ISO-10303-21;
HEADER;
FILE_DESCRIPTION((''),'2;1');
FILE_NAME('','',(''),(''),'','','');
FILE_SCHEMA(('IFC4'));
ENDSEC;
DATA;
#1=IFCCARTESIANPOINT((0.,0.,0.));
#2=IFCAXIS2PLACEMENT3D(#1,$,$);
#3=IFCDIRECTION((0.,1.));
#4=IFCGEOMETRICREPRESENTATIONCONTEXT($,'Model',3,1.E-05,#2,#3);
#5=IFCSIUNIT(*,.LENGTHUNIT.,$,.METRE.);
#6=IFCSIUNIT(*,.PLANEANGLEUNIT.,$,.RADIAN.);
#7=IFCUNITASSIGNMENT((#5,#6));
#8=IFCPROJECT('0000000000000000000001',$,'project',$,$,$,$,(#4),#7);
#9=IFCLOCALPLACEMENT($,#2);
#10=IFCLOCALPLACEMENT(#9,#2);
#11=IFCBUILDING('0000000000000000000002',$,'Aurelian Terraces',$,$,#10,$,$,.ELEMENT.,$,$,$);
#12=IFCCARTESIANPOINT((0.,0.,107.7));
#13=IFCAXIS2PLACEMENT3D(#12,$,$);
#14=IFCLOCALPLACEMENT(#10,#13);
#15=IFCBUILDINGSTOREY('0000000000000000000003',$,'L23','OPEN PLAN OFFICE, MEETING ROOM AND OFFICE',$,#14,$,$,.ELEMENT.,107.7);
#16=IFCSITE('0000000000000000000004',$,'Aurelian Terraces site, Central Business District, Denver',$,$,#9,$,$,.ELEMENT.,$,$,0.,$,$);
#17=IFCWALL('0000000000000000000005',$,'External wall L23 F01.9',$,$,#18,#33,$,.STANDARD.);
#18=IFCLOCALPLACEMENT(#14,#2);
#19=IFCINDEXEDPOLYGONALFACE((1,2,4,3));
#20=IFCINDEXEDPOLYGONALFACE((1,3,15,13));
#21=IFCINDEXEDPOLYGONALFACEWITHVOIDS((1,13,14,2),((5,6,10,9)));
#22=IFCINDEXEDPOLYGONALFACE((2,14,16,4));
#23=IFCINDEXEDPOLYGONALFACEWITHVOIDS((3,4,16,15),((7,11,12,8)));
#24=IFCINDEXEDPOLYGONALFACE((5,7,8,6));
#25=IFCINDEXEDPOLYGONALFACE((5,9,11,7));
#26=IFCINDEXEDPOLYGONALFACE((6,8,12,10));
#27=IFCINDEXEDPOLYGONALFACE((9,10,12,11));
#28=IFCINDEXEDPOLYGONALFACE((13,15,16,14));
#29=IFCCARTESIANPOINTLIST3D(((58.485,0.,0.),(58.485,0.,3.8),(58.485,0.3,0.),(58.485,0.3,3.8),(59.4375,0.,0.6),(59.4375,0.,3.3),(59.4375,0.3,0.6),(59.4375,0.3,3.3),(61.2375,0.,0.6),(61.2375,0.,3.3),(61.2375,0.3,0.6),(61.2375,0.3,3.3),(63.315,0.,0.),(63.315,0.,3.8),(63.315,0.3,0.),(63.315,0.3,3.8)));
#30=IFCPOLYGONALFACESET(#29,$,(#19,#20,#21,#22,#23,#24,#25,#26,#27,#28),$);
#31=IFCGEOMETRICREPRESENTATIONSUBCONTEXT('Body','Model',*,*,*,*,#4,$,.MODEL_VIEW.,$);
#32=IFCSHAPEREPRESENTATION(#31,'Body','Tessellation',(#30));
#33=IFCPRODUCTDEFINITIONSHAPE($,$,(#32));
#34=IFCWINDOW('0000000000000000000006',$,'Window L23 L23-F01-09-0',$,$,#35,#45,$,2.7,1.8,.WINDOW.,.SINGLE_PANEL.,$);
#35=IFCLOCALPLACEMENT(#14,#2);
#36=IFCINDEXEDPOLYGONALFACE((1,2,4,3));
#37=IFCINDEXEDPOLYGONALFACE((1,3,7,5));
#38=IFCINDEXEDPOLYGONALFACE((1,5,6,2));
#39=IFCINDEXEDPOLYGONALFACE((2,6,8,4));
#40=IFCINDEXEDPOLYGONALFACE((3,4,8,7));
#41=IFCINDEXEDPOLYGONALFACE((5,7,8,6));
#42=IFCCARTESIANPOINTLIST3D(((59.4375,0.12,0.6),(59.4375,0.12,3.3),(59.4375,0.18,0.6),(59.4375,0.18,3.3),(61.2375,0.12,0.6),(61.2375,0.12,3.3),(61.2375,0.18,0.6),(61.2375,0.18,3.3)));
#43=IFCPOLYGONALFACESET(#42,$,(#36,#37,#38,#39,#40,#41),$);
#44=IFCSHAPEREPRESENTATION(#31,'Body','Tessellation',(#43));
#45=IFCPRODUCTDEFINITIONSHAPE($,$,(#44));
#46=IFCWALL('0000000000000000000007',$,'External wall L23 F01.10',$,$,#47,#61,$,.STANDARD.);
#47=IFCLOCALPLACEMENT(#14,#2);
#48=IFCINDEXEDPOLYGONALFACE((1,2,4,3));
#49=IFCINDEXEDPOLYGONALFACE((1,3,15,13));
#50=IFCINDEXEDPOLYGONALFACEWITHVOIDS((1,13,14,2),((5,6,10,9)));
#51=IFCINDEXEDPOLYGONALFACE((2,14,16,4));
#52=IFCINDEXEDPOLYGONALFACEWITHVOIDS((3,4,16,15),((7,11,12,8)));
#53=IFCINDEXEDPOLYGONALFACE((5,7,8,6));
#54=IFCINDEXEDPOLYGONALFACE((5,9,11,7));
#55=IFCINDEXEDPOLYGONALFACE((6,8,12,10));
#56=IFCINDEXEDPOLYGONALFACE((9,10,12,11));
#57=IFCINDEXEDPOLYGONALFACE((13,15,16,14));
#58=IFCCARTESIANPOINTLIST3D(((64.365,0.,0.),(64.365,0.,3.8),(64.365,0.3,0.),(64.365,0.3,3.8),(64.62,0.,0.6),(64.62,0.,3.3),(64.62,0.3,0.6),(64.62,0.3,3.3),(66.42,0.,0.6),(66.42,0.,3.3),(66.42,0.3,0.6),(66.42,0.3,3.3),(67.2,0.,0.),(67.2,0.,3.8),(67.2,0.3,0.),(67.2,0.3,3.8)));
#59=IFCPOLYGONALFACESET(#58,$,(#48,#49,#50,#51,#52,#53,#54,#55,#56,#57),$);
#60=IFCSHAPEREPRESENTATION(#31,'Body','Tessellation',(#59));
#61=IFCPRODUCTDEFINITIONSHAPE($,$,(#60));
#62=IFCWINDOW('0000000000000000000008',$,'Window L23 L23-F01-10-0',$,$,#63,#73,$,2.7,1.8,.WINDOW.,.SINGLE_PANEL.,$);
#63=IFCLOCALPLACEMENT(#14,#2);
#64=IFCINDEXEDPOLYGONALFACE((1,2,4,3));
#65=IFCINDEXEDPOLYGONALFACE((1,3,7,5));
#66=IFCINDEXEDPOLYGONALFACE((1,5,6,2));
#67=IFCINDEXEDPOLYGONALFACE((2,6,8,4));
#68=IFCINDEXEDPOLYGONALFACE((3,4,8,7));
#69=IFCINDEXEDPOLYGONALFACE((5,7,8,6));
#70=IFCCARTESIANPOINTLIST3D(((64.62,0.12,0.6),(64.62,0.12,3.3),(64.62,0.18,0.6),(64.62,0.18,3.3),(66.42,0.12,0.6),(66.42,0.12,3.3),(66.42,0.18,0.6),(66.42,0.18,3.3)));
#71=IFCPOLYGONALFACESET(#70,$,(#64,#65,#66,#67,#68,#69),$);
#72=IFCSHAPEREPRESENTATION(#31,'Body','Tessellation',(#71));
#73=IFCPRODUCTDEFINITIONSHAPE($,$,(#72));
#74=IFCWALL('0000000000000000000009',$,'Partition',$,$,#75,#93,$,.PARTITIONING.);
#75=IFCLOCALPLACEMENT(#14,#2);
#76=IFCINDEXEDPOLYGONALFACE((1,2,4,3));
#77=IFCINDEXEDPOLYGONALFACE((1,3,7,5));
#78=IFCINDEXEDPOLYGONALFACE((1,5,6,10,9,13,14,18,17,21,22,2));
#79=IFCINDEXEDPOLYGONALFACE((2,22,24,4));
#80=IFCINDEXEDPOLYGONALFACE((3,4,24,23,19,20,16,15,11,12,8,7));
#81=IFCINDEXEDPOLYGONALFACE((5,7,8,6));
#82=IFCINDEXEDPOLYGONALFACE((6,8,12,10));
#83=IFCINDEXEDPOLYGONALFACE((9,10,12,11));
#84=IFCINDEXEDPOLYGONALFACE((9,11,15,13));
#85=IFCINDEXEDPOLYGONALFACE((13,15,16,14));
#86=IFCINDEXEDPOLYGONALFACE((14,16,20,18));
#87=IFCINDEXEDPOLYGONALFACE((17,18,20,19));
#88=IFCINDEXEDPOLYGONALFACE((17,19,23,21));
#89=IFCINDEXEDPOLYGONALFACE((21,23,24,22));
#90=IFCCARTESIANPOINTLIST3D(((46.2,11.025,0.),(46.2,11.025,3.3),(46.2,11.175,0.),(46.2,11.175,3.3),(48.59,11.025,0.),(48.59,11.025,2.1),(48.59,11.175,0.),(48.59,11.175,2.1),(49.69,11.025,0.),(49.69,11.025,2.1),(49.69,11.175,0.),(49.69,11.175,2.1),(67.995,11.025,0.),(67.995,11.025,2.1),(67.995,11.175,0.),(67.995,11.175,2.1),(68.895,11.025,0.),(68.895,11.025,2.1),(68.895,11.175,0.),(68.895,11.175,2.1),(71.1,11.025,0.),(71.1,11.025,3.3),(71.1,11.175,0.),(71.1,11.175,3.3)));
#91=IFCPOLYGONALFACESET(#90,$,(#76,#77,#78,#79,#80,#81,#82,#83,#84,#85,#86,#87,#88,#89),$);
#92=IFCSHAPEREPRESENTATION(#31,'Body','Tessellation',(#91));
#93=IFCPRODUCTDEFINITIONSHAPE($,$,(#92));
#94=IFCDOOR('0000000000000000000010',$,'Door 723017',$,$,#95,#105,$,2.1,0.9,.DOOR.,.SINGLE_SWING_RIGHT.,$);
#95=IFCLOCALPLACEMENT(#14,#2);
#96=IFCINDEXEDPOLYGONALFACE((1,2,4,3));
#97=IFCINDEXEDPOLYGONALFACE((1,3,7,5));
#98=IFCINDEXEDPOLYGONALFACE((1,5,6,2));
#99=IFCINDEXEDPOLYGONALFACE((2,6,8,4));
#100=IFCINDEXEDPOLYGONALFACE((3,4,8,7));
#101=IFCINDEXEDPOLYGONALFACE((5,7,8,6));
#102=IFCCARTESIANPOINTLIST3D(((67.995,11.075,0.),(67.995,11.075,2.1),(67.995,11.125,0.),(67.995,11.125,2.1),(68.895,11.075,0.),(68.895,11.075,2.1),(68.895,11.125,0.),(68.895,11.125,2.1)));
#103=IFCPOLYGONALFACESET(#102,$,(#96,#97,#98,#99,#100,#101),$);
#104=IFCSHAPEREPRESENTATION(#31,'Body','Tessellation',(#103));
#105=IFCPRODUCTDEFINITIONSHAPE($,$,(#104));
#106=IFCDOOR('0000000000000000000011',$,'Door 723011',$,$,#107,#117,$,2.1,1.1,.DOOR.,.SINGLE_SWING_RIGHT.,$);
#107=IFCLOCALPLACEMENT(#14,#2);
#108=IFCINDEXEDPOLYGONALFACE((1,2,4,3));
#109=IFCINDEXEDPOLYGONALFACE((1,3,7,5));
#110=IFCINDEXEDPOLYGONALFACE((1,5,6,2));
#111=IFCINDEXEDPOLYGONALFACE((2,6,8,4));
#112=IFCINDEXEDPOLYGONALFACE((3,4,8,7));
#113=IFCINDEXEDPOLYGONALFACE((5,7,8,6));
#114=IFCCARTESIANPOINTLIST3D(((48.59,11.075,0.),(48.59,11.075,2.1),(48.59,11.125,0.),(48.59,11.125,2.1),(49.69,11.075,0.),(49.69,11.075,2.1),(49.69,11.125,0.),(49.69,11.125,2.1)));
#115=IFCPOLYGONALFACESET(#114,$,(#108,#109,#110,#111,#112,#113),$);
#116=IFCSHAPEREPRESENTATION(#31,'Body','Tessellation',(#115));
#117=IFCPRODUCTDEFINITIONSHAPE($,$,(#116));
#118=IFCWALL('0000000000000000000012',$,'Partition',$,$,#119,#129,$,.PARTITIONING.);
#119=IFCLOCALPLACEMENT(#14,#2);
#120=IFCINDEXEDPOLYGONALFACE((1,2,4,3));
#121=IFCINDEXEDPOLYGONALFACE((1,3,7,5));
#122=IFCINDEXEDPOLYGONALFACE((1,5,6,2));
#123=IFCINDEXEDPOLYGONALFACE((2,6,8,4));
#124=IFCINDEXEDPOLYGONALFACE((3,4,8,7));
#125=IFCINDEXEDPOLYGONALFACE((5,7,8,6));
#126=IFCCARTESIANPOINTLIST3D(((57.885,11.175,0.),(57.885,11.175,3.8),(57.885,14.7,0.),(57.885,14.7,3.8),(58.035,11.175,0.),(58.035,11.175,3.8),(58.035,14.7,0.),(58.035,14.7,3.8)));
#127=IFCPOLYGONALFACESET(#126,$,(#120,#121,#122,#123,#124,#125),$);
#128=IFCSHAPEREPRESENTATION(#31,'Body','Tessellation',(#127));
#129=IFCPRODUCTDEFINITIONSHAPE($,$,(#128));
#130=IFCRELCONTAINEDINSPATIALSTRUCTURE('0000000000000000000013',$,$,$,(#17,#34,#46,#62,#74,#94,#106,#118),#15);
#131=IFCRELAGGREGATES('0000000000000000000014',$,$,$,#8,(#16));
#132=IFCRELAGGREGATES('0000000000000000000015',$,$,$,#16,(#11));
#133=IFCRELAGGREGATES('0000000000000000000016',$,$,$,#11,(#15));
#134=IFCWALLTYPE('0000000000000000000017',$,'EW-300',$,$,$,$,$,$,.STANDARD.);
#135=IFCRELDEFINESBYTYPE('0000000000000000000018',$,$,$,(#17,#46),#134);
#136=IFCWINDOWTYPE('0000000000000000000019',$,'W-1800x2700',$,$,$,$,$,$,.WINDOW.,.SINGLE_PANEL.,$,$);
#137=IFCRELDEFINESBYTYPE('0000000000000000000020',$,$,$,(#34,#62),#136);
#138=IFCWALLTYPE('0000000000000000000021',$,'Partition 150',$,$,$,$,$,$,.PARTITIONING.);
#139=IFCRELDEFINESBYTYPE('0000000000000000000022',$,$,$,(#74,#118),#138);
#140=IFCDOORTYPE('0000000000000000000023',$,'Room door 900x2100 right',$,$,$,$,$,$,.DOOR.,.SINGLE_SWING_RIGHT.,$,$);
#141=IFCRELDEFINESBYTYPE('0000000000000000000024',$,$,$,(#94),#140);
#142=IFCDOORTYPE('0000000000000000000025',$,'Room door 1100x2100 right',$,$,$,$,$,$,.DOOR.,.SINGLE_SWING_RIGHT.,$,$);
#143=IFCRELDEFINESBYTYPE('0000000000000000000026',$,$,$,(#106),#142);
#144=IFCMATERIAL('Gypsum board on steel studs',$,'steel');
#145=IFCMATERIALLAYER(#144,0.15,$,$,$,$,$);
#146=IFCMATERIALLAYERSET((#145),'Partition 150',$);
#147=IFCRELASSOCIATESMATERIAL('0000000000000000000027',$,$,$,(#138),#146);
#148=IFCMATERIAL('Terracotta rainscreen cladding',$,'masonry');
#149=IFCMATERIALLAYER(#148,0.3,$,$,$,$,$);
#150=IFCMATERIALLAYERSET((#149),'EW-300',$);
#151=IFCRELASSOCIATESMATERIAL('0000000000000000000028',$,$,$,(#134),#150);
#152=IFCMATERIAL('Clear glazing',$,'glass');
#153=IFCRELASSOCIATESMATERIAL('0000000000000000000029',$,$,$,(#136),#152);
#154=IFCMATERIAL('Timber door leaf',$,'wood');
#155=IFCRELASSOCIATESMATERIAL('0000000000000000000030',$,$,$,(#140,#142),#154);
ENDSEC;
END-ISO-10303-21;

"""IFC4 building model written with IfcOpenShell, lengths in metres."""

from ifc_helpers import new_model, si_unit, direction, frame, frame_2d, origin, place, context, subcontext, project, spatial, rectangle, extrude, source, transform, mapped, material, layer, layer_set, type_object, element, fill, save


model = new_model("IFC4")

# Units and contexts
model_context = context("Model", 3, precision=1e-05, world=origin(), true_north=direction((0.0, 1.0)))
body_context = subcontext(model_context, "Body", "Model", "MODEL_VIEW")
ifc_project = project(units=[si_unit("LENGTHUNIT", "METRE"), si_unit("PLANEANGLEUNIT", "RADIAN")], contexts=[model_context])

# Site, building, storey
site_placement = place(None, origin())
site = spatial("IfcSite", under=ifc_project, at=site_placement, Name="Aurelian Terraces site, Central Business District, Denver", CompositionType="ELEMENT", RefElevation=0.0)
building_placement = place(site_placement, origin())
building = spatial("IfcBuilding", under=site, at=building_placement, Name="Aurelian Terraces", CompositionType="ELEMENT")
storey_placement = place(building_placement, frame((0.0, 0.0, 107.7)))
storey = spatial("IfcBuildingStorey", under=building, at=storey_placement, Name="L23", Description="OPEN PLAN OFFICE, MEETING ROOM AND OFFICE", CompositionType="ELEMENT", Elevation=107.7)

# Shared definitions
ifc_material_1 = material(Name="Gypsum board on steel studs", Category="steel")
ifc_layer_1 = layer(ifc_material_1, 0.15)
ifc_layer_set_1 = layer_set([ifc_layer_1], Name="Partition 150")
wall_type_1 = type_object("IfcWallType", Name="Partition 150", PredefinedType="PARTITIONING", material=ifc_layer_set_1)

# Shared definitions
ifc_material_2 = material(Name="Terracotta rainscreen cladding", Category="masonry")
ifc_layer_2 = layer(ifc_material_2, 0.3)
ifc_layer_set_2 = layer_set([ifc_layer_2], Name="EW-300")
wall_type_2 = type_object("IfcWallType", Name="EW-300", PredefinedType="STANDARD", material=ifc_layer_set_2)
shared_shape_1 = source(origin(), body_context, "Body", "SweptSolid", [
    extrude(rectangle(XDim=1.8, YDim=2.7, at=frame_2d((0.9, 1.35))), frame((0.0, 0.16, 0.0), z_axis=(0.0, -1.0, 0.0), x_axis=(1.0, 0.0, 0.0)), (0.0, 0.0, 1.0), 0.32),
])
ifc_material_3 = material(Name="Clear glazing", Category="glass")
window_type_1 = type_object("IfcWindowType", Name="W-1800x2700", PartitioningType="SINGLE_PANEL", PredefinedType="WINDOW", material=ifc_material_3)
shared_shape_2 = source(origin(), body_context, "Body", "SweptSolid", [
    extrude(rectangle(XDim=1.8, YDim=2.7, at=frame_2d((0.9, 1.35))), frame((0.0, 0.03, 0.0), z_axis=(0.0, -1.0, 0.0), x_axis=(1.0, 0.0, 0.0)), (0.0, 0.0, 1.0), 0.06),
])

# Walls, openings, windows
shared_shape_3 = source(origin(), body_context, "Body", "SweptSolid", [
    extrude(rectangle(XDim=4.83, YDim=0.3, at=frame_2d((2.415, 0.0))), origin(), (0.0, 0.0, 1.0), 3.8),
])
wall_1_placement = place(storey_placement, frame((58.485, 0.15, 0.0), z_axis=(0.0, 0.0, 1.0), x_axis=(1.0, 0.0, 0.0)))
wall_1 = element("IfcWall", 1, at=wall_1_placement, inside=storey, type_object=wall_type_2, Name="External wall L23 F01.9", PredefinedType="STANDARD", context=body_context, shape_type="MappedRepresentation", body=[
    mapped(shared_shape_3, transform((0.0, 0.0, 0.0), scale=1.0)),
])
opening_1_placement = place(wall_1_placement, frame((0.9525, 0.0, 0.6)))
opening_1 = element("IfcOpeningElement", 2, at=opening_1_placement, cuts=wall_1, PredefinedType="OPENING", context=body_context, shape_type="MappedRepresentation", body=[
    mapped(shared_shape_1, transform((0.0, 0.0, 0.0), scale=1.0)),
])
window_1_placement = place(opening_1_placement, origin())
window_1 = element("IfcWindow", 3, at=window_1_placement, inside=storey, type_object=window_type_1, Name="Window L23 L23-F01-09-0", OverallHeight=2.7, OverallWidth=1.8, PartitioningType="SINGLE_PANEL", PredefinedType="WINDOW", context=body_context, shape_type="MappedRepresentation", body=[
    mapped(shared_shape_2, transform((0.0, 0.0, 0.0), scale=1.0)),
])
fill(opening_1, window_1)
shared_shape_4 = source(origin(), body_context, "Body", "SweptSolid", [
    extrude(rectangle(XDim=2.835, YDim=0.3, at=frame_2d((1.4175, 0.0))), origin(), (0.0, 0.0, 1.0), 3.8),
])
wall_2_placement = place(storey_placement, frame((64.365, 0.15, 0.0), z_axis=(0.0, 0.0, 1.0), x_axis=(1.0, 0.0, 0.0)))
wall_2 = element("IfcWall", 4, at=wall_2_placement, inside=storey, type_object=wall_type_2, Name="External wall L23 F01.10", PredefinedType="STANDARD", context=body_context, shape_type="MappedRepresentation", body=[
    mapped(shared_shape_4, transform((0.0, 0.0, 0.0), scale=1.0)),
])
opening_2_placement = place(wall_2_placement, frame((0.255, 0.0, 0.6)))
opening_2 = element("IfcOpeningElement", 5, at=opening_2_placement, cuts=wall_2, PredefinedType="OPENING", context=body_context, shape_type="MappedRepresentation", body=[
    mapped(shared_shape_1, transform((0.0, 0.0, 0.0), scale=1.0)),
])
window_2_placement = place(opening_2_placement, origin())
window_2 = element("IfcWindow", 6, at=window_2_placement, inside=storey, type_object=window_type_1, Name="Window L23 L23-F01-10-0", OverallHeight=2.7, OverallWidth=1.8, PartitioningType="SINGLE_PANEL", PredefinedType="WINDOW", context=body_context, shape_type="MappedRepresentation", body=[
    mapped(shared_shape_2, transform((0.0, 0.0, 0.0), scale=1.0)),
])
fill(opening_2, window_2)

# Wall, openings, doors
shared_shape_5 = source(origin(), body_context, "Body", "SweptSolid", [
    extrude(rectangle(XDim=24.9, YDim=0.15, at=frame_2d((12.45, 0.0))), origin(), (0.0, 0.0, 1.0), 3.3),
])
wall_3_placement = place(storey_placement, frame((71.1, 11.1, 0.0), z_axis=(0.0, 0.0, 1.0), x_axis=(-1.0, 0.0, 0.0)))
wall_3 = element("IfcWall", 7, at=wall_3_placement, inside=storey, type_object=wall_type_1, Name="Partition", PredefinedType="PARTITIONING", context=body_context, shape_type="MappedRepresentation", body=[
    mapped(shared_shape_5, transform((0.0, 0.0, 0.0), scale=1.0)),
])
shared_shape_6 = source(origin(), body_context, "Body", "SweptSolid", [
    extrude(rectangle(XDim=1.1, YDim=2.1, at=frame_2d((0.55, 1.05))), frame((0.0, 0.085, 0.0), z_axis=(0.0, -1.0, 0.0), x_axis=(1.0, 0.0, 0.0)), (0.0, 0.0, 1.0), 0.17),
])
opening_3_placement = place(wall_3_placement, frame((21.41, 0.0, 0.0)))
opening_3 = element("IfcOpeningElement", 8, at=opening_3_placement, cuts=wall_3, PredefinedType="OPENING", context=body_context, shape_type="MappedRepresentation", body=[
    mapped(shared_shape_6, transform((0.0, 0.0, 0.0), scale=1.0)),
])
shared_shape_7 = source(origin(), body_context, "Body", "SweptSolid", [
    extrude(rectangle(XDim=0.9, YDim=2.1, at=frame_2d((0.45, 1.05))), frame((0.0, 0.085, 0.0), z_axis=(0.0, -1.0, 0.0), x_axis=(1.0, 0.0, 0.0)), (0.0, 0.0, 1.0), 0.17),
])
opening_4_placement = place(wall_3_placement, frame((2.205, 0.0, 0.0)))
opening_4 = element("IfcOpeningElement", 9, at=opening_4_placement, cuts=wall_3, PredefinedType="OPENING", context=body_context, shape_type="MappedRepresentation", body=[
    mapped(shared_shape_7, transform((0.0, 0.0, 0.0), scale=1.0)),
])
ifc_material_4 = material(Name="Timber door leaf", Category="wood")
door_type_1 = type_object("IfcDoorType", Name="Room door 900x2100 right", OperationType="SINGLE_SWING_RIGHT", PredefinedType="DOOR", material=ifc_material_4)
shared_shape_8 = source(origin(), body_context, "Body", "SweptSolid", [
    extrude(rectangle(XDim=0.9, YDim=2.1, at=frame_2d((0.45, 1.05))), frame((0.0, 0.025, 0.0), z_axis=(0.0, -1.0, 0.0), x_axis=(1.0, 0.0, 0.0)), (0.0, 0.0, 1.0), 0.05),
])
door_1_placement = place(opening_4_placement, origin())
door_1 = element("IfcDoor", 10, at=door_1_placement, inside=storey, type_object=door_type_1, Name="Door 723017", OperationType="SINGLE_SWING_RIGHT", OverallHeight=2.1, OverallWidth=0.9, PredefinedType="DOOR", context=body_context, shape_type="MappedRepresentation", body=[
    mapped(shared_shape_8, transform((0.0, 0.0, 0.0), scale=1.0)),
])
fill(opening_4, door_1)
door_type_2 = type_object("IfcDoorType", Name="Room door 1100x2100 right", OperationType="SINGLE_SWING_RIGHT", PredefinedType="DOOR", material=ifc_material_4)
shared_shape_9 = source(origin(), body_context, "Body", "SweptSolid", [
    extrude(rectangle(XDim=1.1, YDim=2.1, at=frame_2d((0.55, 1.05))), frame((0.0, 0.025, 0.0), z_axis=(0.0, -1.0, 0.0), x_axis=(1.0, 0.0, 0.0)), (0.0, 0.0, 1.0), 0.05),
])
door_2_placement = place(opening_3_placement, origin())
door_2 = element("IfcDoor", 11, at=door_2_placement, inside=storey, type_object=door_type_2, Name="Door 723011", OperationType="SINGLE_SWING_RIGHT", OverallHeight=2.1, OverallWidth=1.1, PredefinedType="DOOR", context=body_context, shape_type="MappedRepresentation", body=[
    mapped(shared_shape_9, transform((0.0, 0.0, 0.0), scale=1.0)),
])
fill(opening_3, door_2)

# Wall
shared_shape_10 = source(origin(), body_context, "Body", "SweptSolid", [
    extrude(rectangle(XDim=3.525, YDim=0.15, at=frame_2d((1.7625, 0.0))), origin(), (0.0, 0.0, 1.0), 3.8),
])
wall_4_placement = place(storey_placement, frame((57.96, 11.175, 0.0), z_axis=(0.0, 0.0, 1.0), x_axis=(0.0, 1.0, 0.0)))
element("IfcWall", 12, at=wall_4_placement, inside=storey, type_object=wall_type_1, Name="Partition", PredefinedType="PARTITIONING", context=body_context, shape_type="MappedRepresentation", body=[
    mapped(shared_shape_10, transform((0.0, 0.0, 0.0), scale=1.0)),
])

save(model, "model.ifc")
